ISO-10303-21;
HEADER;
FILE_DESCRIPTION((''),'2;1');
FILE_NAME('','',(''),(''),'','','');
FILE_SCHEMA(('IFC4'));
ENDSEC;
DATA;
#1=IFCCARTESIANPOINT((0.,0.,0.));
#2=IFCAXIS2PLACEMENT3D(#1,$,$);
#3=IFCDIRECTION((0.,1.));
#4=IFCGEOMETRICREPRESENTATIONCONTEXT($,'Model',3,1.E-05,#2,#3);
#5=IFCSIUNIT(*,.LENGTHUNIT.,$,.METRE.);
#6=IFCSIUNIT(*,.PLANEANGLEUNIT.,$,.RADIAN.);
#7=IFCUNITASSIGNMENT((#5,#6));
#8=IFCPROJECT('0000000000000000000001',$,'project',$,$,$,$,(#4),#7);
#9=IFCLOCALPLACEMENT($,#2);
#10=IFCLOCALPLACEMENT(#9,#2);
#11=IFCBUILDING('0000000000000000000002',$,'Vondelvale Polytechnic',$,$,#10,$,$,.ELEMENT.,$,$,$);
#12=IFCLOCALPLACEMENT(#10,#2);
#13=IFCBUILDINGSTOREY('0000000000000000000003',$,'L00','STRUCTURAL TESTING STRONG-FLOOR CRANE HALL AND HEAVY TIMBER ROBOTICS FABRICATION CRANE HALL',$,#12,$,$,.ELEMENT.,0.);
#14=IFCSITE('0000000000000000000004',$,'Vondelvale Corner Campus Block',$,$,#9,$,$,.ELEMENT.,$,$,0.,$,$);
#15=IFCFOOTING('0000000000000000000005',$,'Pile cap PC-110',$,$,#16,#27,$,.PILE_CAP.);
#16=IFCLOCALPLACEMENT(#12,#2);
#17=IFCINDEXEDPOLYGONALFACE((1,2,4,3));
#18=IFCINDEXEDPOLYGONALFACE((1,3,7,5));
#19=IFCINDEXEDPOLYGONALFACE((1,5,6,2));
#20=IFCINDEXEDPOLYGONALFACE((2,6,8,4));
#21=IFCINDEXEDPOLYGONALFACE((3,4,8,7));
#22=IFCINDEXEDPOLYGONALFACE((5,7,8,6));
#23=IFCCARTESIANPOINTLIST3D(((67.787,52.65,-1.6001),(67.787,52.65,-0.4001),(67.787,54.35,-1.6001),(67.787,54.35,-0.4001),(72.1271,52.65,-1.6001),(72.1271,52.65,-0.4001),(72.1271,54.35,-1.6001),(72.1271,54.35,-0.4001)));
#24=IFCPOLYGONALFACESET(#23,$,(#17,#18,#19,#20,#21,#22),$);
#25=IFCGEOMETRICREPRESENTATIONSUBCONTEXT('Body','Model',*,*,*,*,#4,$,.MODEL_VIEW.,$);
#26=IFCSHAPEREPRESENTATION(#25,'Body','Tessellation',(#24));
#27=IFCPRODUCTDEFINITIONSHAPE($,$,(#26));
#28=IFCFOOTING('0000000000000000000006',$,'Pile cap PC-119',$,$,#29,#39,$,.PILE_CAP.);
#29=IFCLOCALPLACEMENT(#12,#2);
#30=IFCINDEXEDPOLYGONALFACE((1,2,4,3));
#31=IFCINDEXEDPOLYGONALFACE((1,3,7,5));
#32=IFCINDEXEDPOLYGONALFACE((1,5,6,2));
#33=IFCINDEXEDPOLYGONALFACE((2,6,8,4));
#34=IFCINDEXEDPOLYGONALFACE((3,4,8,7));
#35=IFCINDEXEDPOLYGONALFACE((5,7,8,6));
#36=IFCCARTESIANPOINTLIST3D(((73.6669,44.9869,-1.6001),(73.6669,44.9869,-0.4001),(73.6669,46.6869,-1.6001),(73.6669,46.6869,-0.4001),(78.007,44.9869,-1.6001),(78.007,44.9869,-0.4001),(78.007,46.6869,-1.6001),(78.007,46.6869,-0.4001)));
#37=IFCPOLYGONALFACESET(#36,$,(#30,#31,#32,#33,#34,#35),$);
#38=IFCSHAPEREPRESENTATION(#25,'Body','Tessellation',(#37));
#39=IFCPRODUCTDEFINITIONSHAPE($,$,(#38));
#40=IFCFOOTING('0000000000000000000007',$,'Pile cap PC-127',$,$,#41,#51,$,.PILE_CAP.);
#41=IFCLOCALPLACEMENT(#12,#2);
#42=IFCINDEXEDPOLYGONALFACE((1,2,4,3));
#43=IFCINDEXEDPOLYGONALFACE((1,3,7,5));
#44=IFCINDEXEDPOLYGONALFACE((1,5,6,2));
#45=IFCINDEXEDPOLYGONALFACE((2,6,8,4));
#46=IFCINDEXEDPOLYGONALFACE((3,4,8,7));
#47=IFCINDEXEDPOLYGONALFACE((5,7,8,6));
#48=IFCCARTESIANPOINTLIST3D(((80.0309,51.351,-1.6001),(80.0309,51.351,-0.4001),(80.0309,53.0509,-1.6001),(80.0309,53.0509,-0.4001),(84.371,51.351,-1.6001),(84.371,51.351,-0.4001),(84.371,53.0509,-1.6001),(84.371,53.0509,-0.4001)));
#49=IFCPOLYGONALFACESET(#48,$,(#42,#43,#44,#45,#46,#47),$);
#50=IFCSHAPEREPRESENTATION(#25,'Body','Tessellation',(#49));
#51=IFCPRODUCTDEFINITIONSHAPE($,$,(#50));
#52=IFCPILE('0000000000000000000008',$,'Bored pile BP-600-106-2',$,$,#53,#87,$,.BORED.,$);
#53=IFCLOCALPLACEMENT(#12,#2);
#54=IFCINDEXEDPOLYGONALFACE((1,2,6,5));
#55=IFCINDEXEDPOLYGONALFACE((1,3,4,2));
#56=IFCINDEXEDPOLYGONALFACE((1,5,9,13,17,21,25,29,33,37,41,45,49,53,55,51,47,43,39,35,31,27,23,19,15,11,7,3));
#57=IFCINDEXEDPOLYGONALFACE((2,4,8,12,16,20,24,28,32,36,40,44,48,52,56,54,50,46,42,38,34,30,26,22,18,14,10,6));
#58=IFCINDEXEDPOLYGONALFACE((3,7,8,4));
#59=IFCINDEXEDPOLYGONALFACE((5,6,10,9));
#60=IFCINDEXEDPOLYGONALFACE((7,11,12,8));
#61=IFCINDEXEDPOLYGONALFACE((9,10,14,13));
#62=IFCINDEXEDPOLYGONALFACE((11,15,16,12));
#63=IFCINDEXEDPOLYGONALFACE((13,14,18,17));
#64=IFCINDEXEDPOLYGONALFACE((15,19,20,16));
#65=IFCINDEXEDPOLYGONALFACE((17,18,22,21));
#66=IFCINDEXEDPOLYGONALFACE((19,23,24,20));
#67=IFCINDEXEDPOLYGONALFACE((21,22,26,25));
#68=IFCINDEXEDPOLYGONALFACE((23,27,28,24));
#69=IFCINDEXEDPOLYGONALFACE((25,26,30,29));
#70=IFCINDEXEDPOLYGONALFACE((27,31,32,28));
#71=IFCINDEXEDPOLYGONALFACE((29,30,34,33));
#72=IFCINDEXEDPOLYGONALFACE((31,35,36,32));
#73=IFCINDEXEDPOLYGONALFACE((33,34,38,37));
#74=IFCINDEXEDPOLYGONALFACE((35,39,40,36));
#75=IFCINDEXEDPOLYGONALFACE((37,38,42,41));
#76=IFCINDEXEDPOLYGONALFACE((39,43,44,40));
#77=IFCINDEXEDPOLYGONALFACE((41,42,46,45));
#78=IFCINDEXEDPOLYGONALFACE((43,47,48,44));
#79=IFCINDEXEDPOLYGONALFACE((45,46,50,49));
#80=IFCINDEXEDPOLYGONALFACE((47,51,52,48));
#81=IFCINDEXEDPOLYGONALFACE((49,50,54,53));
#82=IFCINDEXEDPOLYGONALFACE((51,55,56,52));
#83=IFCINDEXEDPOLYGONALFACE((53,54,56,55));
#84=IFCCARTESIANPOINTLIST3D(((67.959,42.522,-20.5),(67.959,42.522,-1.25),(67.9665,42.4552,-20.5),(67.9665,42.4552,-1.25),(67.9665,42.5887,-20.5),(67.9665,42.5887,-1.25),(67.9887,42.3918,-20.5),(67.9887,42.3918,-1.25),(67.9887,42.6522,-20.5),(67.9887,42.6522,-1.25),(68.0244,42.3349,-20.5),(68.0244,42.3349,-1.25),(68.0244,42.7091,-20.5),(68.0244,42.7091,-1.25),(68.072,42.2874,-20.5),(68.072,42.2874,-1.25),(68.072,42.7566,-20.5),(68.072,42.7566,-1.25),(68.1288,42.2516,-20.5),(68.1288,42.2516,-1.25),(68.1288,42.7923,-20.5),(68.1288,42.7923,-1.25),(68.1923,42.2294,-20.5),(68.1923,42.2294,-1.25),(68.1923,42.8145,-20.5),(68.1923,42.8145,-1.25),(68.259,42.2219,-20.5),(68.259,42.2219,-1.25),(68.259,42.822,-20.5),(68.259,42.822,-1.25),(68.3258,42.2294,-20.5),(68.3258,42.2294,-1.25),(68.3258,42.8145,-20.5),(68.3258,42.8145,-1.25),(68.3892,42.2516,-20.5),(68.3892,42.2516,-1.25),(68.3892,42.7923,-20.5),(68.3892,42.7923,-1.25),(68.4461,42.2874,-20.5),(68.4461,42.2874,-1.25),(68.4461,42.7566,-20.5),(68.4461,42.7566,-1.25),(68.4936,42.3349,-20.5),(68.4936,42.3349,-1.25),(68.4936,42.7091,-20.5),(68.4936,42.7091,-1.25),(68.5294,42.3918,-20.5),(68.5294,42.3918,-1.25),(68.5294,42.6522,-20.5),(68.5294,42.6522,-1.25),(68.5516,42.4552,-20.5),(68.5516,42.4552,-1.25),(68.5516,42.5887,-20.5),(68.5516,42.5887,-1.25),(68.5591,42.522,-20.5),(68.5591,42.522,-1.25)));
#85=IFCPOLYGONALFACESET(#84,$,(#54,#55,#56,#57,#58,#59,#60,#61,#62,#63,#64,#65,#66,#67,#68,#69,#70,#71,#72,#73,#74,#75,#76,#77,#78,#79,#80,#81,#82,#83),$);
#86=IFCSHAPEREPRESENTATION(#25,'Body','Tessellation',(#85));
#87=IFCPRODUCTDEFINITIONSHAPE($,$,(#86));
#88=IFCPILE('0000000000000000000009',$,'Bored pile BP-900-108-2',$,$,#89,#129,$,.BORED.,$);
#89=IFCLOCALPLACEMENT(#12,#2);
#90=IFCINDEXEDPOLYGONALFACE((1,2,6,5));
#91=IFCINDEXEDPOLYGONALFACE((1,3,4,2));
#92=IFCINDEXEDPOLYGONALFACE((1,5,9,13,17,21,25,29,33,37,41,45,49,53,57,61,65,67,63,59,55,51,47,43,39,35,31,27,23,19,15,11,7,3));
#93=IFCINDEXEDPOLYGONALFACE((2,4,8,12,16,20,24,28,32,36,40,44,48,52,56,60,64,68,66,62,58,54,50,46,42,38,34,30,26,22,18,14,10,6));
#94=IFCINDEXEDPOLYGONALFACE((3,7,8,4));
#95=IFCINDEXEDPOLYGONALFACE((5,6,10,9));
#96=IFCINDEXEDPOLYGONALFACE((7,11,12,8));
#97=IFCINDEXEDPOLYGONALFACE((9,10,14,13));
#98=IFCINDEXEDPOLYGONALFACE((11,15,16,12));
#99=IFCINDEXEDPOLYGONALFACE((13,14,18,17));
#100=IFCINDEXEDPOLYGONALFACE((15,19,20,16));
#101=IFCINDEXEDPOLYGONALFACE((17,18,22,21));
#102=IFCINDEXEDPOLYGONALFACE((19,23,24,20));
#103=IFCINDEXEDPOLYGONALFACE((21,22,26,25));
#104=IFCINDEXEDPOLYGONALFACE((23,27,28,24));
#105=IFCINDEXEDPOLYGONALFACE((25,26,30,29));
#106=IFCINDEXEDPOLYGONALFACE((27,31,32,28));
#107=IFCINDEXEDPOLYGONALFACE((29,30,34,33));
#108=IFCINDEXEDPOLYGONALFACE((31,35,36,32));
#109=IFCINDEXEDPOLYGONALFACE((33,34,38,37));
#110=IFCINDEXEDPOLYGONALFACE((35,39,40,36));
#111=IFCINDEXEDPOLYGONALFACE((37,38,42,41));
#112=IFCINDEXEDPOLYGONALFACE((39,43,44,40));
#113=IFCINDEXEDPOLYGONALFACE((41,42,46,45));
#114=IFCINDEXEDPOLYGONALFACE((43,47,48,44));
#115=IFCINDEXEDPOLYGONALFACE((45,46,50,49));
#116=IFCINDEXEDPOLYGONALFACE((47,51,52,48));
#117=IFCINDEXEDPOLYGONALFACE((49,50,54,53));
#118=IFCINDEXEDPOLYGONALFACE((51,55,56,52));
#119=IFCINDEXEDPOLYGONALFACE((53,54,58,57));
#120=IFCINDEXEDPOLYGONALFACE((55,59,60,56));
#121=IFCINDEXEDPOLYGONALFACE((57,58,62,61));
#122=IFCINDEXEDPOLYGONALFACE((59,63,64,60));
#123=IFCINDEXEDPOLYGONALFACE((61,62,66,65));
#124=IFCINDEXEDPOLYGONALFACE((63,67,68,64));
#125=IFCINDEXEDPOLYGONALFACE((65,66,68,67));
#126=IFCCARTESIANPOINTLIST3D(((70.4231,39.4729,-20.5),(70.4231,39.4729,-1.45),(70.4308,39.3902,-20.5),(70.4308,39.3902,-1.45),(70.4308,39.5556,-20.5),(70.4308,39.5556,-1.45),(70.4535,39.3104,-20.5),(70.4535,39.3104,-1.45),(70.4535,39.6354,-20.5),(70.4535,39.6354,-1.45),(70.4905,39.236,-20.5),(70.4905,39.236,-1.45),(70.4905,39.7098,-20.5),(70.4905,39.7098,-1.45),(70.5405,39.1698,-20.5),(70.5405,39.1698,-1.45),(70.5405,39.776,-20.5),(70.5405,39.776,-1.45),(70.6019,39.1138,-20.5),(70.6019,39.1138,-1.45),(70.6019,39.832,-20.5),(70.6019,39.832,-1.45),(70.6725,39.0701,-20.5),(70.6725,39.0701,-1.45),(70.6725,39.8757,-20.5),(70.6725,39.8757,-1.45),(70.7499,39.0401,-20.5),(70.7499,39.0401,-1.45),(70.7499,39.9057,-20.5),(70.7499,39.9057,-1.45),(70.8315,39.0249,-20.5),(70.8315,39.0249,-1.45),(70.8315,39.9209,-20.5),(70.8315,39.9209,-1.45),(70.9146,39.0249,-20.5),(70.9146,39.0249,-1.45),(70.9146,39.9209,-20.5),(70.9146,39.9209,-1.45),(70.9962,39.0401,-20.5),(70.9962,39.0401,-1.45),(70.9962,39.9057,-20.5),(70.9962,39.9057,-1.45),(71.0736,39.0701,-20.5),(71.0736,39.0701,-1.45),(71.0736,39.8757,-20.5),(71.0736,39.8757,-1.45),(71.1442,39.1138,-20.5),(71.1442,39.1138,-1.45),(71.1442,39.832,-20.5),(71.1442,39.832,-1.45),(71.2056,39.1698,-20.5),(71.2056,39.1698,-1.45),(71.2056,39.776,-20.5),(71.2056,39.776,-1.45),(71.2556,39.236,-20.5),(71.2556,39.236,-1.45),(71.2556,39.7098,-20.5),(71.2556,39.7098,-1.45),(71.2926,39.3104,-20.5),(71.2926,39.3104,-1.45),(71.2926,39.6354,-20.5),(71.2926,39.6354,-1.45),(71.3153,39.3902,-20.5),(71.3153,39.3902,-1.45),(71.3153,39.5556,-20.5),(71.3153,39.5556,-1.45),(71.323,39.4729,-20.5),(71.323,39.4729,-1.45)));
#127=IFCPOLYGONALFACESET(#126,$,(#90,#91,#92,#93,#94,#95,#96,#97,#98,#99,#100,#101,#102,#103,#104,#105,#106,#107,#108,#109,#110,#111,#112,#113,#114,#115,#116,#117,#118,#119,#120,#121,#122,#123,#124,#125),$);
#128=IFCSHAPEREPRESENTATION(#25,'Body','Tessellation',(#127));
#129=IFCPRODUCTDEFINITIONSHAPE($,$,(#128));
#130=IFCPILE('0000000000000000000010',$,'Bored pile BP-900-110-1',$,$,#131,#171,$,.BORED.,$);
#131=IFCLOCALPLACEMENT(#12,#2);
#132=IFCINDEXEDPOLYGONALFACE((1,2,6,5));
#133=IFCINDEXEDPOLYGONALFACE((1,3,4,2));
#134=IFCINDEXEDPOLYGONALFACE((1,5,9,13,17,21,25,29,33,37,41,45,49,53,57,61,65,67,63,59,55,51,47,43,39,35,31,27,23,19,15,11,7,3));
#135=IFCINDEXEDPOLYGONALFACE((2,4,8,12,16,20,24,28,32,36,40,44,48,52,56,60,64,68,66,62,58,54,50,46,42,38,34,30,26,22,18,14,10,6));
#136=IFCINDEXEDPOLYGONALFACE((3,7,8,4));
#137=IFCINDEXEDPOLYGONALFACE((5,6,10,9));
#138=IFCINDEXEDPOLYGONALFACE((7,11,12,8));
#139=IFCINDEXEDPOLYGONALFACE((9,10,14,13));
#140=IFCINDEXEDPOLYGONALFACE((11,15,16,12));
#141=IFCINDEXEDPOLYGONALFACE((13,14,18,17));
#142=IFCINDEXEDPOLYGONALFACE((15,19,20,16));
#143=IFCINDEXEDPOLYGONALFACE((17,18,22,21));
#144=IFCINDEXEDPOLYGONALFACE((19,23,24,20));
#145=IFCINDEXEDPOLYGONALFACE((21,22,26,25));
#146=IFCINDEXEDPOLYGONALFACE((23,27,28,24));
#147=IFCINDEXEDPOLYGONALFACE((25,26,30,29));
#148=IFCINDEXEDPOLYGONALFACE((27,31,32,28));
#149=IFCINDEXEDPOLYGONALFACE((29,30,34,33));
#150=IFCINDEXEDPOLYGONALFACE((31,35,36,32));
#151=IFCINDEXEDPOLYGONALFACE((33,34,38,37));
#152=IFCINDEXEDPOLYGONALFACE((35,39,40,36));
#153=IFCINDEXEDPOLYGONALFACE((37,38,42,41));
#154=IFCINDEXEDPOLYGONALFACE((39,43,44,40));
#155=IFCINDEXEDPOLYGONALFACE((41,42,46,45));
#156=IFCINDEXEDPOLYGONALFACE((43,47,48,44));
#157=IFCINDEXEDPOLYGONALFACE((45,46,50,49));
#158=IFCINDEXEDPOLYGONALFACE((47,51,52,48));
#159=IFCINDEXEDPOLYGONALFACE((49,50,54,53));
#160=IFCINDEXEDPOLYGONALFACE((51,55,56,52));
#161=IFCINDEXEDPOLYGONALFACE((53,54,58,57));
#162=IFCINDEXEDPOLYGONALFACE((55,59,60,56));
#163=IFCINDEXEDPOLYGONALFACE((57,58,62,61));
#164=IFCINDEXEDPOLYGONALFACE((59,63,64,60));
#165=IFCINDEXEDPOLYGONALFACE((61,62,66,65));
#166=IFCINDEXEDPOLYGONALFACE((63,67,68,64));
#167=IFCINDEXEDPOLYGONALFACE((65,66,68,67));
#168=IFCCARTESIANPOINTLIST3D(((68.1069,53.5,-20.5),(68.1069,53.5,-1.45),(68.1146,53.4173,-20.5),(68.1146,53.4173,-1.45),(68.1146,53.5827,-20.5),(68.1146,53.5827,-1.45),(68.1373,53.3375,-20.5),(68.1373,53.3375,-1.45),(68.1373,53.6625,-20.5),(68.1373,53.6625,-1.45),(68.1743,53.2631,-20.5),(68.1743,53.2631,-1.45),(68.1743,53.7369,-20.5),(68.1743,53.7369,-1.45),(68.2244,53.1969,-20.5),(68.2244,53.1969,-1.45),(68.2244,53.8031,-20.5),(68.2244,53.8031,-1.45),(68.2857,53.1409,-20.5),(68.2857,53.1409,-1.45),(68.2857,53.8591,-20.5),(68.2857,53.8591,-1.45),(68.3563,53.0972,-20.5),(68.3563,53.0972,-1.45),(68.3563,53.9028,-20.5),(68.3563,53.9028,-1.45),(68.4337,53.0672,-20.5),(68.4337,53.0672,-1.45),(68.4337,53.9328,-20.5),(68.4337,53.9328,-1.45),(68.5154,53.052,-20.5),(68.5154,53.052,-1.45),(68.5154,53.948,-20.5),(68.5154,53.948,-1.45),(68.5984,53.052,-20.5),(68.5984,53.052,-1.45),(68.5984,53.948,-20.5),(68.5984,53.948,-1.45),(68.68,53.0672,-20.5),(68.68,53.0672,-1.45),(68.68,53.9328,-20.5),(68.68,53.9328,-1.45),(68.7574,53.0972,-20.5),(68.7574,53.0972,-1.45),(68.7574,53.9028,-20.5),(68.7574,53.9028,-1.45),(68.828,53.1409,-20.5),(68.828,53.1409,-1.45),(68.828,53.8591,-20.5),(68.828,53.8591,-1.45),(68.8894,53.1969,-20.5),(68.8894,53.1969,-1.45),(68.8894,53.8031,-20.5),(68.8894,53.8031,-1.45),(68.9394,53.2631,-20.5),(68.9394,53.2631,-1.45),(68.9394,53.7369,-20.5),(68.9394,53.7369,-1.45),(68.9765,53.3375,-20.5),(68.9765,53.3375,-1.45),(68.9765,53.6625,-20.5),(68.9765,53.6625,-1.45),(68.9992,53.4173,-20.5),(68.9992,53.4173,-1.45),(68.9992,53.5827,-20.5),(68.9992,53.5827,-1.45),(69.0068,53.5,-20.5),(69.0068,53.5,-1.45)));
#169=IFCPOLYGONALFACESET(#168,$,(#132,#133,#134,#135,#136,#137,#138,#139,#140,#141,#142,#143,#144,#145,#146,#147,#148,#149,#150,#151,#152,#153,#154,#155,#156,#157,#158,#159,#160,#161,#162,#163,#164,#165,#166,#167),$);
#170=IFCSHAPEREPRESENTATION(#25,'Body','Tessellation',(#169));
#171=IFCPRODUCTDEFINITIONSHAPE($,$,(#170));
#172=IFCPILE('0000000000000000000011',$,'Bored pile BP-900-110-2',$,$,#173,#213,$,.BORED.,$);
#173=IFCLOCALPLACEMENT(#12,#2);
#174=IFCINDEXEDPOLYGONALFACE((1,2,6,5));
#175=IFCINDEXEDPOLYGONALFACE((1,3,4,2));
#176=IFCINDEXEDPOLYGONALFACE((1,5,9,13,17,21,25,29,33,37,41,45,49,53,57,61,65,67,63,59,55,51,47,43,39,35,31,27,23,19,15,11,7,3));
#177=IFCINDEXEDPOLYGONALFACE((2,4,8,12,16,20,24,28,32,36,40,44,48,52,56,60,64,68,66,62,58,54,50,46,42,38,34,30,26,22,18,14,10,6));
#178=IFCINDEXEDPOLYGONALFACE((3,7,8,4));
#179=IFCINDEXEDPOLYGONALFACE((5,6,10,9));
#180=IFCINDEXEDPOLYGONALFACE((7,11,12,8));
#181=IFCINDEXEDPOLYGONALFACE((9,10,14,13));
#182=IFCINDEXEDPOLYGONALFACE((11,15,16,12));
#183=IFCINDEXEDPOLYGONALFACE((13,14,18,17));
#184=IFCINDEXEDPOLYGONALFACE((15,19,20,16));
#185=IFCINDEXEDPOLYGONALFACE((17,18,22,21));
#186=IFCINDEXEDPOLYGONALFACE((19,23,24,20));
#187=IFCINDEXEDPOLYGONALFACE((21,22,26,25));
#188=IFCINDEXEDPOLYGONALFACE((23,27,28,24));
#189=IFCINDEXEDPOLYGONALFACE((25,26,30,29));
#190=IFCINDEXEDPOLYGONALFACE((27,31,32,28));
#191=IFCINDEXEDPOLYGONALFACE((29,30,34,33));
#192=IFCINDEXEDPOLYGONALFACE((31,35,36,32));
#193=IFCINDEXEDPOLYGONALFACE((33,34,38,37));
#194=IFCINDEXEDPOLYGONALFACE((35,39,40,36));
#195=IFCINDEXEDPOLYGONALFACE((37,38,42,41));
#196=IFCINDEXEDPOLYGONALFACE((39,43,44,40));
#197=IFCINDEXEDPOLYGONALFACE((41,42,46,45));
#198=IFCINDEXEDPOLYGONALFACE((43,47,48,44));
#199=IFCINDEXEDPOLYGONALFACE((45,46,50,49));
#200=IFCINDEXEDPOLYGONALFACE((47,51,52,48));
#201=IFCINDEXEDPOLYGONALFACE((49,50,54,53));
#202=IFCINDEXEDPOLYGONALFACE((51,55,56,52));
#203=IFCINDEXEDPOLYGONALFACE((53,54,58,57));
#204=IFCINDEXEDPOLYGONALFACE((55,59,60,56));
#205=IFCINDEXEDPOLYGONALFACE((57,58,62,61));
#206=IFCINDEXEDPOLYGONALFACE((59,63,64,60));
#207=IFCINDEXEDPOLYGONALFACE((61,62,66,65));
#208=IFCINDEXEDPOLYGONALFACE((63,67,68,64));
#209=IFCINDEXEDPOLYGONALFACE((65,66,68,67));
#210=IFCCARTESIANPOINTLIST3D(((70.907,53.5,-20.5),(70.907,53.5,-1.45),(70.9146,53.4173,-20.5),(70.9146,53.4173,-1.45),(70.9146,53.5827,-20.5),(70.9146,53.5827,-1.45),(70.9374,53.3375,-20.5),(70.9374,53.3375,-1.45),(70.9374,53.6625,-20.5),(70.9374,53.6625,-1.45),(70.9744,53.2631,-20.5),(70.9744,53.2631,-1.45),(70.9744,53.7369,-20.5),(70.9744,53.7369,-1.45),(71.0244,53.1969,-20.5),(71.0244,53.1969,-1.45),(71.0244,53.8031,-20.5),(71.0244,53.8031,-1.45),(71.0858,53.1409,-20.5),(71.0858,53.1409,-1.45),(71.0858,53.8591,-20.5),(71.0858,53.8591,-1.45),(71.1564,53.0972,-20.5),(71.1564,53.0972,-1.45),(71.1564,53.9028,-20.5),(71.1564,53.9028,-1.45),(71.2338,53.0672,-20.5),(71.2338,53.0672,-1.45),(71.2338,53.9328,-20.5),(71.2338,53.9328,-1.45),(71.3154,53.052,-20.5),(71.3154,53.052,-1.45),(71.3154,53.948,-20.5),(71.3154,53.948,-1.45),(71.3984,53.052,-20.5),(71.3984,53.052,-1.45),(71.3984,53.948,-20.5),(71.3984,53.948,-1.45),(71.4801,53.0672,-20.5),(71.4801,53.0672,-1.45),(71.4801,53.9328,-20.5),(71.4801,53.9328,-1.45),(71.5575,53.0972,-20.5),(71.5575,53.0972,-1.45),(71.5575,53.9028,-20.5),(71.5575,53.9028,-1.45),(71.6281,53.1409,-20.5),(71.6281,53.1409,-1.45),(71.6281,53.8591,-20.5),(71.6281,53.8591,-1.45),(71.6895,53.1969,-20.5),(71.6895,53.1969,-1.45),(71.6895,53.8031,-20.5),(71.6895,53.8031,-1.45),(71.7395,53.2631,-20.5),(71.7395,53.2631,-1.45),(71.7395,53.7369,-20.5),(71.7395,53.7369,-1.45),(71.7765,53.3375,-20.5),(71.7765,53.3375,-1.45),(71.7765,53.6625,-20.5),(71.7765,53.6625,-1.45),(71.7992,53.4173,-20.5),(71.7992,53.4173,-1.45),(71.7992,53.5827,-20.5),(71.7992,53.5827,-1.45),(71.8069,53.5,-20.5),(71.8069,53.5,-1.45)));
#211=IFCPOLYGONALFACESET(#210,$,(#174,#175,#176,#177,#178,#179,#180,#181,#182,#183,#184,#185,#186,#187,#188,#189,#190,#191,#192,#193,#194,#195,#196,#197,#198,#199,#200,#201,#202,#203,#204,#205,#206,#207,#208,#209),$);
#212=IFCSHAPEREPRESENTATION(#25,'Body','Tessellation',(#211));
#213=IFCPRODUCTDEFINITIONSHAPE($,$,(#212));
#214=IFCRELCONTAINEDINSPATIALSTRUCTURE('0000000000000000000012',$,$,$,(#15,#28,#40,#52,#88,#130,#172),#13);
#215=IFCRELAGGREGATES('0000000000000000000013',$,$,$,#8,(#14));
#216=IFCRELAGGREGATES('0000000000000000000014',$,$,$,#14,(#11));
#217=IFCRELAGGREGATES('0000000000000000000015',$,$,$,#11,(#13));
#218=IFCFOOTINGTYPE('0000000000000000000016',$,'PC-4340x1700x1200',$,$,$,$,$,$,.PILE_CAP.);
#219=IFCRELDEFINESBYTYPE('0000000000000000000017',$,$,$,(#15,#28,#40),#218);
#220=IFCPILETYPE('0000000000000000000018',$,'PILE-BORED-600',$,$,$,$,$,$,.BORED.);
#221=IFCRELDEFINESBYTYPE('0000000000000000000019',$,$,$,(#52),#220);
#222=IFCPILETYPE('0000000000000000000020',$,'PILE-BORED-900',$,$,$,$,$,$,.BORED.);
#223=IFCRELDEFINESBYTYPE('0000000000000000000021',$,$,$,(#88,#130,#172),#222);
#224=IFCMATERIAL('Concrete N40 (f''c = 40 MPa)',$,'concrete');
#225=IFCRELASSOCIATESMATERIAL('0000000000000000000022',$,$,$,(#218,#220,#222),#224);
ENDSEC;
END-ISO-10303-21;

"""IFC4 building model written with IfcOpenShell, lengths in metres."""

from ifc_helpers import new_model, si_unit, direction, frame, origin, origin_2d, place, context, subcontext, project, spatial, rectangle, circle, extrude, material, material_profile, profile_set, type_object, element, save


model = new_model("IFC4")

# Units and contexts
model_context = context("Model", 3, precision=1e-05, world=origin(), true_north=direction((0.0, 1.0)))
body_context = subcontext(model_context, "Body", "Model", "MODEL_VIEW")
ifc_project = project(units=[si_unit("LENGTHUNIT", "METRE"), si_unit("PLANEANGLEUNIT", "RADIAN")], contexts=[model_context])

# Site, building, storey
site_placement = place(None, origin())
site = spatial("IfcSite", under=ifc_project, at=site_placement, Name="Vondelvale Corner Campus Block", CompositionType="ELEMENT", RefElevation=0.0)
building_placement = place(site_placement, origin())
building = spatial("IfcBuilding", under=site, at=building_placement, Name="Vondelvale Polytechnic", CompositionType="ELEMENT")
storey_placement = place(building_placement, origin())
storey = spatial("IfcBuildingStorey", under=building, at=storey_placement, Name="L00", Description="STRUCTURAL TESTING STRONG-FLOOR CRANE HALL AND HEAVY TIMBER ROBOTICS FABRICATION CRANE HALL", CompositionType="ELEMENT", Elevation=0.0)

# Footings
ifc_material_1 = material(Name="Concrete N40 (f'c = 40 MPa)", Category="concrete")
footing_type = type_object("IfcFootingType", Name="PC-4340x1700x1200", PredefinedType="PILE_CAP", material=ifc_material_1)
for number, where, z_axis, x_axis, name in (
    (1, (69.957, 53.5, -1.6001), (0.0, 0.0, 1.0), (1.0, 0.0, 0.0), "Pile cap PC-110"),
    (2, (75.8369, 45.8369, -1.6001), (0.0, 0.0, 1.0), (1.0, 0.0, 0.0), "Pile cap PC-119"),
    (3, (82.2009, 52.2009, -1.6001), (0.0, 0.0, 1.0), (1.0, 0.0, 0.0), "Pile cap PC-127"),
):
    element("IfcFooting", number, at=place(storey_placement, frame(where, z_axis=z_axis, x_axis=x_axis)), inside=storey, type_object=footing_type, Name=name, PredefinedType="PILE_CAP", context=body_context, shape_type="SweptSolid", body=[
        extrude(rectangle(XDim=4.3401, YDim=1.7, at=origin_2d()), origin(), (0.0, 0.0, 1.0), 1.2),
    ])

# Piles
ifc_material_profile_1 = material_profile(ifc_material_1, circle(Radius=0.3, at=origin_2d()), Name="PILE-D600")
ifc_profile_set_1 = profile_set([ifc_material_profile_1], Name="Concrete N40 (f'c = 40 MPa)")
pile_type_1 = type_object("IfcPileType", Name="PILE-BORED-600", PredefinedType="BORED", material=ifc_profile_set_1)
pile_placement = place(storey_placement, frame((68.259, 42.522, -1.25), z_axis=(0.0, 0.0, -1.0), x_axis=(1.0, 0.0, 0.0)))
element("IfcPile", 4, at=pile_placement, inside=storey, type_object=pile_type_1, Name="Bored pile BP-600-106-2", PredefinedType="BORED", context=body_context, shape_type="SweptSolid", body=[
    extrude(circle(Radius=0.3, at=origin_2d()), origin(), (0.0, 0.0, 1.0), 19.25),
])
ifc_material_profile_2 = material_profile(ifc_material_1, circle(Radius=0.45, at=origin_2d()), Name="PILE-D900")
ifc_profile_set_2 = profile_set([ifc_material_profile_2], Name="Concrete N40 (f'c = 40 MPa)")
pile_type_2 = type_object("IfcPileType", Name="PILE-BORED-900", PredefinedType="BORED", material=ifc_profile_set_2)
for number, where, z_axis, x_axis, name in (
    (5, (70.873, 39.4729, -1.45), (0.0, 0.0, -1.0), (1.0, 0.0, 0.0), "Bored pile BP-900-108-2"),
    (6, (68.5569, 53.5, -1.45), (0.0, 0.0, -1.0), (1.0, 0.0, 0.0), "Bored pile BP-900-110-1"),
    (7, (71.3569, 53.5, -1.45), (0.0, 0.0, -1.0), (1.0, 0.0, 0.0), "Bored pile BP-900-110-2"),
):
    element("IfcPile", number, at=place(storey_placement, frame(where, z_axis=z_axis, x_axis=x_axis)), inside=storey, type_object=pile_type_2, Name=name, PredefinedType="BORED", context=body_context, shape_type="SweptSolid", body=[
        extrude(circle(Radius=0.45, at=origin_2d()), origin(), (0.0, 0.0, 1.0), 19.05),
    ])

save(model, "model.ifc")
